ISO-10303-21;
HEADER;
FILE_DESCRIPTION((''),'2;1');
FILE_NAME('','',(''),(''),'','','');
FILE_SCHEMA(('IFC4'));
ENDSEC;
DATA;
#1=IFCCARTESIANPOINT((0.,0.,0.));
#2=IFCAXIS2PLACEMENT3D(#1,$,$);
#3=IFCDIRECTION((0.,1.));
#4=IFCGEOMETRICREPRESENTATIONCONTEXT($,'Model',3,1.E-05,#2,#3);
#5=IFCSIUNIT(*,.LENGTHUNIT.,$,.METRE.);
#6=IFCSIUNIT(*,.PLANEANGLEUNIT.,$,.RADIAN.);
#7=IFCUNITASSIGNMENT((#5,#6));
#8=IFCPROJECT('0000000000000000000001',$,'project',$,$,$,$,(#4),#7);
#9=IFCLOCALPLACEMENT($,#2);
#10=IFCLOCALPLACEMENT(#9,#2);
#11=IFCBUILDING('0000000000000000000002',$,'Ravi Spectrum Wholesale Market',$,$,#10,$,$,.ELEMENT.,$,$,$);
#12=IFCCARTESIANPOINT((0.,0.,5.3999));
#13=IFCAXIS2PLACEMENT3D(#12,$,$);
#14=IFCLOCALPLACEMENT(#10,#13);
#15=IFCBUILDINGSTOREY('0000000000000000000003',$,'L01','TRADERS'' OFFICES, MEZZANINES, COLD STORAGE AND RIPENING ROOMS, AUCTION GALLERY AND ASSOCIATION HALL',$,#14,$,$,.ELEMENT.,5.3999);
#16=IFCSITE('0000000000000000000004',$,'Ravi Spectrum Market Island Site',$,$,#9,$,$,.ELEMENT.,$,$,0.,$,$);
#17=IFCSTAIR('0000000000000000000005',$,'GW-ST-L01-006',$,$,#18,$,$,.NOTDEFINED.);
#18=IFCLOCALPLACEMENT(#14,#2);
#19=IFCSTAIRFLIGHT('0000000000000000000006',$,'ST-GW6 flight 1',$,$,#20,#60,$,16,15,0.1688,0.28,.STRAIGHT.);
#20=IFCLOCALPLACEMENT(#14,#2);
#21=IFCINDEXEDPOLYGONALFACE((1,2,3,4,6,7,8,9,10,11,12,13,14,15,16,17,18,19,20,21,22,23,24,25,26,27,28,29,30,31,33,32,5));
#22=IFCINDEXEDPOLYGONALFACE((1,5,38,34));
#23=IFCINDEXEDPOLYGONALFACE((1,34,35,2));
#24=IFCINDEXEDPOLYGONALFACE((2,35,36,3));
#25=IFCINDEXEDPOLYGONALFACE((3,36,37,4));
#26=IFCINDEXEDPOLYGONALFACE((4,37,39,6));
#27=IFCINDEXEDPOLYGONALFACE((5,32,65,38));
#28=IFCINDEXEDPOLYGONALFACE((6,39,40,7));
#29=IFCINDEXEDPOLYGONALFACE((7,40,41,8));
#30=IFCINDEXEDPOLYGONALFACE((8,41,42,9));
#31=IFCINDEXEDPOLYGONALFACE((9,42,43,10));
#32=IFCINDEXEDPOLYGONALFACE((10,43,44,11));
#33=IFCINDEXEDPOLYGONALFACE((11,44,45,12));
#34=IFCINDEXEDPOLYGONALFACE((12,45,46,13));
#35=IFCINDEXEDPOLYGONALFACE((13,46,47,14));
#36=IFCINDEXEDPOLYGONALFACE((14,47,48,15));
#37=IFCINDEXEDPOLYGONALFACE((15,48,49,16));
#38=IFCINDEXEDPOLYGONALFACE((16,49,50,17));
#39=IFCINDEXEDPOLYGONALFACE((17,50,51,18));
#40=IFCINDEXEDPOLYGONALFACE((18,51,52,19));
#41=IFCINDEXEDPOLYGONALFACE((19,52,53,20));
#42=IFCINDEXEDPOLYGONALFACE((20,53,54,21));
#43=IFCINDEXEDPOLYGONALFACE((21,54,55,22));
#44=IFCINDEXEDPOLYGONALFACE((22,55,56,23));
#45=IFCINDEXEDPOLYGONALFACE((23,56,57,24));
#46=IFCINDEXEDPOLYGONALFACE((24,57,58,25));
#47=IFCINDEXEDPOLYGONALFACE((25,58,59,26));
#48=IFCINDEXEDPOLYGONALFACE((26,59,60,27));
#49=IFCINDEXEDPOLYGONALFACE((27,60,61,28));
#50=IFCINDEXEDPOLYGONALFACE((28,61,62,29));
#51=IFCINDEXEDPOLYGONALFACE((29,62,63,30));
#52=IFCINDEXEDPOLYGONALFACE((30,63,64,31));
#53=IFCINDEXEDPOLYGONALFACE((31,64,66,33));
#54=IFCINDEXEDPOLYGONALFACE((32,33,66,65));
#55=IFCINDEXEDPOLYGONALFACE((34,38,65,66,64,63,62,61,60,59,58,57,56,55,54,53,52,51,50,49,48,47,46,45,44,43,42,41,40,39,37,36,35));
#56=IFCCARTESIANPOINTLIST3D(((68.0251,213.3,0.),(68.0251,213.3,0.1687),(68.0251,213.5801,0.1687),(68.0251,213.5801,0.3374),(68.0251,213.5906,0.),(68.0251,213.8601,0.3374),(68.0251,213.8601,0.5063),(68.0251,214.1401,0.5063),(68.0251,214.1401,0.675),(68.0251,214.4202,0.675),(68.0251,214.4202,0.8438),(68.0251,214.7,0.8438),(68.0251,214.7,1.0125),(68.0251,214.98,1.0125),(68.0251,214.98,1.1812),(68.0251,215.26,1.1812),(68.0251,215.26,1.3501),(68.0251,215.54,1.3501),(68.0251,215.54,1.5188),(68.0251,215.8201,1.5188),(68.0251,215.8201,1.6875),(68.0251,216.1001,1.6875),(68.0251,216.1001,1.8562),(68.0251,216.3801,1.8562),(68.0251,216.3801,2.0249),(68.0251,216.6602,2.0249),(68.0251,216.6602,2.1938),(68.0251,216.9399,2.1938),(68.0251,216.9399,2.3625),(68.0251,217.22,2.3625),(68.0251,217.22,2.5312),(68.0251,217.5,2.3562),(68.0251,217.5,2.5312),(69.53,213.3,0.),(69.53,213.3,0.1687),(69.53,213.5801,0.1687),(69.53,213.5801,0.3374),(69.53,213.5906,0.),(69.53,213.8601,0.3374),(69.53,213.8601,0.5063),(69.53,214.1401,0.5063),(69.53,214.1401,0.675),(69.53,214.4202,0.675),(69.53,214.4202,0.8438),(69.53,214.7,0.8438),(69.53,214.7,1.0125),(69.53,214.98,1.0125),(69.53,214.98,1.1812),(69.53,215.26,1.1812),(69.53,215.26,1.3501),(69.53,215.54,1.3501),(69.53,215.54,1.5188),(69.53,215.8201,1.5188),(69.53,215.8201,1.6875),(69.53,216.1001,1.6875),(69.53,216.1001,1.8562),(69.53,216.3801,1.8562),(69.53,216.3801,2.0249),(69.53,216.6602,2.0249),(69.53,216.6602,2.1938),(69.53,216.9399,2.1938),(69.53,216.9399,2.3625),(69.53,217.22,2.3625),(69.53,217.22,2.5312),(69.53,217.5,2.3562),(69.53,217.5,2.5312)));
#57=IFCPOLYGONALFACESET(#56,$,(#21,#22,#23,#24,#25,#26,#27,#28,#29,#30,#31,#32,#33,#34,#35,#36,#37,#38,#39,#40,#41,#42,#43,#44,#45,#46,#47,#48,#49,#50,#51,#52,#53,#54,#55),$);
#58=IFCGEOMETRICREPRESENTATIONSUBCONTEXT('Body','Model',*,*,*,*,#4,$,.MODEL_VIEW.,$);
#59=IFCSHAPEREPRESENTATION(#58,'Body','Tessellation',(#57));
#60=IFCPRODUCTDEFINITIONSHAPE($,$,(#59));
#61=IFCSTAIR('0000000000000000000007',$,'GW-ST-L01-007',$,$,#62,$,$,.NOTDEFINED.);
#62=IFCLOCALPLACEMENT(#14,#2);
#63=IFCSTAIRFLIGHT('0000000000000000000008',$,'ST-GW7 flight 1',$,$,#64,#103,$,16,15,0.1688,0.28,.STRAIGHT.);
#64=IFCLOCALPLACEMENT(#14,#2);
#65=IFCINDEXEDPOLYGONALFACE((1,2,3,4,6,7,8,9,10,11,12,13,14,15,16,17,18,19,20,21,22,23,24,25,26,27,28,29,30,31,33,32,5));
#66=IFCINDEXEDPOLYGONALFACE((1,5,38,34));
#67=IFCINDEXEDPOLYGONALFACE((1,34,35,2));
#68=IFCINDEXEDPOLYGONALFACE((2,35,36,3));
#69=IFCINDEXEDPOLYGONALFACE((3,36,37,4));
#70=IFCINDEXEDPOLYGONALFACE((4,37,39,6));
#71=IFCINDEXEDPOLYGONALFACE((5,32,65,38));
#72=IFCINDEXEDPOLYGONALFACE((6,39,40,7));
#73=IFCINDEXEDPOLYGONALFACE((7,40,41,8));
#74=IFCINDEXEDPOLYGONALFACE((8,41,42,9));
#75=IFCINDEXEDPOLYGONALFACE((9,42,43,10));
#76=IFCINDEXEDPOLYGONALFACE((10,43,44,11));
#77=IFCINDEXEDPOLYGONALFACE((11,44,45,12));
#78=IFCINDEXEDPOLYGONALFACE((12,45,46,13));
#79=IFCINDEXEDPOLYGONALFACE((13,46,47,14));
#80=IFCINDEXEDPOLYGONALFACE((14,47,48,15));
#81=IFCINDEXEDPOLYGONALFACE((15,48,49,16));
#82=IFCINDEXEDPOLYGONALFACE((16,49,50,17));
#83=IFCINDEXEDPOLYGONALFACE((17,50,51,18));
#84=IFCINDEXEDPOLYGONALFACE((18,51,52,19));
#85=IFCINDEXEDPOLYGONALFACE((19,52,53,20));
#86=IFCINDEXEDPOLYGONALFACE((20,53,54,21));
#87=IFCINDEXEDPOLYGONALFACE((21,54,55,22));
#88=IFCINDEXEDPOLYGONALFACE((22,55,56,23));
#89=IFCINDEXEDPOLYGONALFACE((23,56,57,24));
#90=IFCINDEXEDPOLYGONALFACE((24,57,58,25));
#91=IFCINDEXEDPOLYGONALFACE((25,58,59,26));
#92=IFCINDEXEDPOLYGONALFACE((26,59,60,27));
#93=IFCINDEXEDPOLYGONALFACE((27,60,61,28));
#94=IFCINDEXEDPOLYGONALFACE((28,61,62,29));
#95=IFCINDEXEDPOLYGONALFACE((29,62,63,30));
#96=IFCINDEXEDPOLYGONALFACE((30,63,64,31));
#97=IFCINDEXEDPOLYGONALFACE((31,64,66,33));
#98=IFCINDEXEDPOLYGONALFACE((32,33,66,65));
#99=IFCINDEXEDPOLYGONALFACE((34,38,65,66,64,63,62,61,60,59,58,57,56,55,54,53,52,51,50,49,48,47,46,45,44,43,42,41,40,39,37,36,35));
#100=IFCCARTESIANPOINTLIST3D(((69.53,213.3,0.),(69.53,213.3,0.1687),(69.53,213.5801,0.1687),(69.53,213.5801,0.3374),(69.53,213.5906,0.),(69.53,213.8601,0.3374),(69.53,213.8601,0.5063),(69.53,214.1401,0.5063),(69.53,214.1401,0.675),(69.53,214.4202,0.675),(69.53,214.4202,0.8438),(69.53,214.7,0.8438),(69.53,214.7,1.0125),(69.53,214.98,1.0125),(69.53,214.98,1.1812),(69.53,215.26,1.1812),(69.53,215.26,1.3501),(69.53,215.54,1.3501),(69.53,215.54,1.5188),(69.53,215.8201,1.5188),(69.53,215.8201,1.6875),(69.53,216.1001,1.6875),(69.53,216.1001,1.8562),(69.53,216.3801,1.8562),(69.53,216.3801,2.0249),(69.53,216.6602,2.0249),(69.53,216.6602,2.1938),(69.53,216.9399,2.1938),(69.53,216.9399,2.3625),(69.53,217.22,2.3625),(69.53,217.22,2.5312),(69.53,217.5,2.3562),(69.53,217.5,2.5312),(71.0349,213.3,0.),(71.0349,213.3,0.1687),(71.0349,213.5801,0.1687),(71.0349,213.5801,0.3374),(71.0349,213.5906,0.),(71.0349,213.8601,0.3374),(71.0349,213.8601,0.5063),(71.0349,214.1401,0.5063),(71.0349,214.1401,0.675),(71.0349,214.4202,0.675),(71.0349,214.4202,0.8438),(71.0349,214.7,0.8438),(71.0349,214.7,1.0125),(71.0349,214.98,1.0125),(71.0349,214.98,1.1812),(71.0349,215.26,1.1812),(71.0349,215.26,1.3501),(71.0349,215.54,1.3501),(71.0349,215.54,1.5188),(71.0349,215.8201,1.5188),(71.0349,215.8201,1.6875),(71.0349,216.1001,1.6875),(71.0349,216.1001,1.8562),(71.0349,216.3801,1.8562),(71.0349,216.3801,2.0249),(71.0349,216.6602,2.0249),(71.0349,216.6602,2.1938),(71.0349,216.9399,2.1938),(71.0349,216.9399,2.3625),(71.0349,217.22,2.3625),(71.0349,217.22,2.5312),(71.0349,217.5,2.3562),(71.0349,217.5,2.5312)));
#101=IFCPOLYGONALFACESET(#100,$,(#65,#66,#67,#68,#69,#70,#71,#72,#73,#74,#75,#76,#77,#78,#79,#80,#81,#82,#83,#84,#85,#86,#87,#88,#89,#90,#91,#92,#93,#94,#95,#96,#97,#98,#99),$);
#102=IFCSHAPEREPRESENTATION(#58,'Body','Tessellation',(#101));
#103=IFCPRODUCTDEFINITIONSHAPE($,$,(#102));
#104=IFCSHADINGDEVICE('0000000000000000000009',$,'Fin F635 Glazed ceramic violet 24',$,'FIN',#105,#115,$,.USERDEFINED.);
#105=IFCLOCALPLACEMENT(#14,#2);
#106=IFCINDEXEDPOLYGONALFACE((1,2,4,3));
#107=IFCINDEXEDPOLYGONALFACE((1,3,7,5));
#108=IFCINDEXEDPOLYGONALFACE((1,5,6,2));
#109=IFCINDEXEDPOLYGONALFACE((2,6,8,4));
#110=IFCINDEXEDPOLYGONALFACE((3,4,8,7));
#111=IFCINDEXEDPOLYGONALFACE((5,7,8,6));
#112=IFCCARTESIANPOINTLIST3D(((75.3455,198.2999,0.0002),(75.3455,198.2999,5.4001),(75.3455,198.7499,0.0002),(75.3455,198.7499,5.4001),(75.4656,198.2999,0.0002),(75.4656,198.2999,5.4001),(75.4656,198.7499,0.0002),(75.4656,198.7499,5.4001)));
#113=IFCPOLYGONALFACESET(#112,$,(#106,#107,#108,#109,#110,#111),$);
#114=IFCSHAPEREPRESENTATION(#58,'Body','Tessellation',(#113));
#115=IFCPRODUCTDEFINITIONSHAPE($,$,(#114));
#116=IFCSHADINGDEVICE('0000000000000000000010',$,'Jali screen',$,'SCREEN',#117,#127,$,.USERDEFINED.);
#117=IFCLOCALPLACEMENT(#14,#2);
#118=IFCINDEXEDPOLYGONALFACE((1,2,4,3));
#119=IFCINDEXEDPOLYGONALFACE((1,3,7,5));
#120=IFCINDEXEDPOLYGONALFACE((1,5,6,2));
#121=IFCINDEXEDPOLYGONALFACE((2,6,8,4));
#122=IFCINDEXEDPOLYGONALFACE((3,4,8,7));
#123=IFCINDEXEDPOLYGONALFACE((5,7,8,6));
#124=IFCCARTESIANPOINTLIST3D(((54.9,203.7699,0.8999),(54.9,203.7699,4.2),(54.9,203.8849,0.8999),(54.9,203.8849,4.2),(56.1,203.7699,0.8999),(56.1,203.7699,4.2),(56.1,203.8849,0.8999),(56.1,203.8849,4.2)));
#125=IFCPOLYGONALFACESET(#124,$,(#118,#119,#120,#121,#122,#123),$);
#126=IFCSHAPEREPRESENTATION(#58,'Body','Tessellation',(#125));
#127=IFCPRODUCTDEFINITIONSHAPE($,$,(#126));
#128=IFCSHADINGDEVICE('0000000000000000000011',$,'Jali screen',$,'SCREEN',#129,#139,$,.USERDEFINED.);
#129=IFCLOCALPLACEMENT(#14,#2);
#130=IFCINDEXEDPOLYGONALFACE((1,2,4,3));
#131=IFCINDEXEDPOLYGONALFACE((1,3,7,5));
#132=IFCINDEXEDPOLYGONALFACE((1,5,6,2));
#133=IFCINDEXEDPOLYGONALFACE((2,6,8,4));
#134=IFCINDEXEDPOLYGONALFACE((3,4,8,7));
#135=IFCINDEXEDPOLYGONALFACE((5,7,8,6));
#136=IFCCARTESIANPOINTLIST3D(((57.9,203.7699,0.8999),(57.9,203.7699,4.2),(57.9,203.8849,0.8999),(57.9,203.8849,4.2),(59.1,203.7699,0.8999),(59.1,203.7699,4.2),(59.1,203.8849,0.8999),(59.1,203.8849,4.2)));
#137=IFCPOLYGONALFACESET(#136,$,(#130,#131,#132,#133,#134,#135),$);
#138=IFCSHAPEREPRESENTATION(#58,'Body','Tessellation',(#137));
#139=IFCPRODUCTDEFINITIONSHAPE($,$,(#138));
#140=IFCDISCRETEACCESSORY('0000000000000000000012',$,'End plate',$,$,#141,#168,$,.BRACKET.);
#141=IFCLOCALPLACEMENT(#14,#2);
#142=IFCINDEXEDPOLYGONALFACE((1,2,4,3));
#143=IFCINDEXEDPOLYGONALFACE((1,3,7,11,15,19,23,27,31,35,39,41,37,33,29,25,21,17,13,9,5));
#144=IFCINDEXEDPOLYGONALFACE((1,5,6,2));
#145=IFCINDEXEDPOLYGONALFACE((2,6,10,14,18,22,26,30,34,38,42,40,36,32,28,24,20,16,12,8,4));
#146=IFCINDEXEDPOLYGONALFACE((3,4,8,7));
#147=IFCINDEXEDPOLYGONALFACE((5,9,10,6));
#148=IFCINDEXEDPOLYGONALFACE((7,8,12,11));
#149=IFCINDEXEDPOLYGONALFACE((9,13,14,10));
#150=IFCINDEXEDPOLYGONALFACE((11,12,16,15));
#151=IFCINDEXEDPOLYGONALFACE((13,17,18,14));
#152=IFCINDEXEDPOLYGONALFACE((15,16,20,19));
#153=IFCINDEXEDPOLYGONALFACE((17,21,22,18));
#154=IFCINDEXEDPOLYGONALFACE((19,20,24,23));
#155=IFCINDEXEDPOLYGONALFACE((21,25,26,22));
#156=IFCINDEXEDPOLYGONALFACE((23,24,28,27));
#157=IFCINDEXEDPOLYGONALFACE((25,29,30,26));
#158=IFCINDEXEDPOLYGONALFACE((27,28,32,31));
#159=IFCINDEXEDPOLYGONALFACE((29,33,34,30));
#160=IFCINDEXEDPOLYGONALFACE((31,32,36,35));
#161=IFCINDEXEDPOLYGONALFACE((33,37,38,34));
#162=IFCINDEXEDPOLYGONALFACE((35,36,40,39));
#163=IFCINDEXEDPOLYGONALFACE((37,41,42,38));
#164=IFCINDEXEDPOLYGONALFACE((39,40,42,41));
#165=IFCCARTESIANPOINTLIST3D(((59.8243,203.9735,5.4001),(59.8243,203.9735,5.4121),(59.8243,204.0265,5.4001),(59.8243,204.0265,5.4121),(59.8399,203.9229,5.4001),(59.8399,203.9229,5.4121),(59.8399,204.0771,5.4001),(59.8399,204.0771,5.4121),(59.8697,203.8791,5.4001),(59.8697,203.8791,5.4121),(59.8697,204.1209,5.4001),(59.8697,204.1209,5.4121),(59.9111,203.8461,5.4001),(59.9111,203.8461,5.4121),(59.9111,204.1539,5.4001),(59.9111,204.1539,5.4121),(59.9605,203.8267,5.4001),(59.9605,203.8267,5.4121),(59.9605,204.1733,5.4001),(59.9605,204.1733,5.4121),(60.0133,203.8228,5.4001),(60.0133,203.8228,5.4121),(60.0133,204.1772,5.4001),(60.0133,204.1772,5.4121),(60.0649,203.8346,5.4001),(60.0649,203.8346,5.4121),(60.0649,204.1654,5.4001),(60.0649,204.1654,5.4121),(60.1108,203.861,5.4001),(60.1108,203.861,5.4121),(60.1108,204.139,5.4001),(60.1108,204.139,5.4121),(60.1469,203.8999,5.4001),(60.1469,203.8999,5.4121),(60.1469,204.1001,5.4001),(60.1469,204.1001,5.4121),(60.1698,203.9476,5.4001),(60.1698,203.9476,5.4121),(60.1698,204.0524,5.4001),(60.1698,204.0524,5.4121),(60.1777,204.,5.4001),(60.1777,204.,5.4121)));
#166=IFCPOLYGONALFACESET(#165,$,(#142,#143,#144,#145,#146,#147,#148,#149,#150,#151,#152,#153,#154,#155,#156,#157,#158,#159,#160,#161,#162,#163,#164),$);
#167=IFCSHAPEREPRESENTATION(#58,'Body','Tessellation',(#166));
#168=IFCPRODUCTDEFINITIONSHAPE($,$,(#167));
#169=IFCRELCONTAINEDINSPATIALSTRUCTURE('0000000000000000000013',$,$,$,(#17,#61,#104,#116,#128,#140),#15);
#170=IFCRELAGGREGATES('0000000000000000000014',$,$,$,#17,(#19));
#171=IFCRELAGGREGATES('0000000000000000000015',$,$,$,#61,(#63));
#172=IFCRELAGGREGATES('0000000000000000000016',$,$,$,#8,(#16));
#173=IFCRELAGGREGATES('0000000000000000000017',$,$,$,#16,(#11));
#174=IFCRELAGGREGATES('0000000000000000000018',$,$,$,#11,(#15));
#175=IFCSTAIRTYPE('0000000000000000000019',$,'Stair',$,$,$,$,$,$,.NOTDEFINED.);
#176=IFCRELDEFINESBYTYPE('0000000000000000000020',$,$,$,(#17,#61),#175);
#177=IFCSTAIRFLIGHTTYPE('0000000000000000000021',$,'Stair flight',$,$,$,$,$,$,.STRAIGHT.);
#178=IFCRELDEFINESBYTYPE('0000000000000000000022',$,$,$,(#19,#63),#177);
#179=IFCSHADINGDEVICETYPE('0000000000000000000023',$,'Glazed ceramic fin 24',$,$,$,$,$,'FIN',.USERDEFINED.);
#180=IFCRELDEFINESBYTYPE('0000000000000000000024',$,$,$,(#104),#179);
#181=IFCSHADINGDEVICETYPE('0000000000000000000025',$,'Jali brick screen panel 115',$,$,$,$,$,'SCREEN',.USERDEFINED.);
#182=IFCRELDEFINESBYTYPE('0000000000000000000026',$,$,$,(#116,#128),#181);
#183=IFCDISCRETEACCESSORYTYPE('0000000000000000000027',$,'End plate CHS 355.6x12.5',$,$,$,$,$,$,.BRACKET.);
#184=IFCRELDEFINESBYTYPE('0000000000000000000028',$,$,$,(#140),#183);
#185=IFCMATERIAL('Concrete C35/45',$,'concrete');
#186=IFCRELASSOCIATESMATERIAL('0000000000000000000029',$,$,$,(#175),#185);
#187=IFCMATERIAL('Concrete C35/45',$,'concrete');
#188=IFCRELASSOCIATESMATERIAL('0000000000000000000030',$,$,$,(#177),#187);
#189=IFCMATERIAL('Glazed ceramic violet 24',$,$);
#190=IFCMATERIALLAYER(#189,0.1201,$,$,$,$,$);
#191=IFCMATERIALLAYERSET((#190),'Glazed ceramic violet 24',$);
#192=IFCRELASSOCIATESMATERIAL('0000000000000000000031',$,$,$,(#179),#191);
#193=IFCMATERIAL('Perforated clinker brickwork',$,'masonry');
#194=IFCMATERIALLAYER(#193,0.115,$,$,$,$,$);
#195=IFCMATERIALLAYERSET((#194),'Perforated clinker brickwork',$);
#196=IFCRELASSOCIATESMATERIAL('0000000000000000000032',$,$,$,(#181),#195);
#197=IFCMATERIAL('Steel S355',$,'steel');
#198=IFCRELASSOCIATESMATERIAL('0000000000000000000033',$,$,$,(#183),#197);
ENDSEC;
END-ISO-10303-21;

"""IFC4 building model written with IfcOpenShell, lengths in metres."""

from ifc_helpers import new_model, si_unit, direction, frame, origin, origin_2d, place, context, subcontext, project, spatial, polyline, rectangle, circle, outline, extrude, material, layer, layer_set, material_profile, profile_set, type_object, element, aggregate, save


model = new_model("IFC4")

# Units and contexts
model_context = context("Model", 3, precision=1e-05, world=origin(), true_north=direction((0.0, 1.0)))
body_context = subcontext(model_context, "Body", "Model", "MODEL_VIEW")
ifc_project = project(units=[si_unit("LENGTHUNIT", "METRE"), si_unit("PLANEANGLEUNIT", "RADIAN")], contexts=[model_context])

# Site, building, storey
site_placement = place(None, origin())
site = spatial("IfcSite", under=ifc_project, at=site_placement, Name="Ravi Spectrum Market Island Site", CompositionType="ELEMENT", RefElevation=0.0)
building_placement = place(site_placement, origin())
building = spatial("IfcBuilding", under=site, at=building_placement, Name="Ravi Spectrum Wholesale Market", CompositionType="ELEMENT")
storey_placement = place(building_placement, frame((0.0, 0.0, 5.3999)))
storey = spatial("IfcBuildingStorey", under=building, at=storey_placement, Name="L01", Description="TRADERS' OFFICES, MEZZANINES, COLD STORAGE AND RIPENING ROOMS, AUCTION GALLERY AND ASSOCIATION HALL", CompositionType="ELEMENT", Elevation=5.3999)

# Shared definitions
ifc_material_1 = material(Name="Concrete C35/45", Category="concrete")
stair_type = type_object("IfcStairType", Name="Stair", PredefinedType="NOTDEFINED", material=ifc_material_1)
ifc_material_2 = material(Name="Concrete C35/45", Category="concrete")
stair_flight_type = type_object("IfcStairFlightType", Name="Stair flight", PredefinedType="STRAIGHT", material=ifc_material_2)

# Stairs, stair flights
stair_1_placement = place(storey_placement, origin())
stair_1 = element("IfcStair", 1, at=stair_1_placement, inside=storey, type_object=stair_type, Name="GW-ST-L01-006", PredefinedType="NOTDEFINED")
stair_flight_1_placement = place(storey_placement, frame((68.7776, 213.3, 0.0), z_axis=(0.0, 0.0, 1.0), x_axis=(0.0, 1.0, 0.0)))
stair_flight_1 = element("IfcStairFlight", 2, at=stair_flight_1_placement, type_object=stair_flight_type, Name="ST-GW6 flight 1", NumberOfRisers=16, NumberOfTreads=15, PredefinedType="STRAIGHT", RiserHeight=0.1688, TreadLength=0.28, context=body_context, shape_type="SweptSolid", body=[
    extrude(outline(polyline([(0.0, 0.0), (0.0, 0.1687), (0.28, 0.1687), (0.28, 0.3374), (0.5601, 0.3374), (0.5601, 0.5063), (0.8401, 0.5063), (0.8401, 0.675), (1.1201, 0.675), (1.1201, 0.8438), (1.3999, 0.8438), (1.3999, 1.0125), (1.6799, 1.0125), (1.6799, 1.1812), (1.96, 1.1812), (1.96, 1.3501), (2.24, 1.3501), (2.24, 1.5188), (2.52, 1.5188), (2.52, 1.6875), (2.8, 1.6875), (2.8, 1.8562), (3.0801, 1.8562), (3.0801, 2.0249), (3.3601, 2.0249), (3.3601, 2.1938), (3.6399, 2.1938), (3.6399, 2.3625), (3.9199, 2.3625), (3.9199, 2.5312), (4.2, 2.5312), (4.2, 2.7), (4.2, 2.3562), (0.2905, 0.0), (0.0, 0.0)])), frame((0.0, 0.7524, 0.0), z_axis=(0.0, -1.0, 0.0), x_axis=(1.0, 0.0, 0.0)), (0.0, 0.0, 1.0), 1.5049),
])
aggregate(stair_1, [stair_flight_1])
stair_2_placement = place(storey_placement, origin())
stair_2 = element("IfcStair", 3, at=stair_2_placement, inside=storey, type_object=stair_type, Name="GW-ST-L01-007", PredefinedType="NOTDEFINED")
stair_flight_2_placement = place(storey_placement, frame((70.2825, 213.3, 0.0), z_axis=(0.0, 0.0, 1.0), x_axis=(0.0, 1.0, 0.0)))
stair_flight_2 = element("IfcStairFlight", 4, at=stair_flight_2_placement, type_object=stair_flight_type, Name="ST-GW7 flight 1", NumberOfRisers=16, NumberOfTreads=15, PredefinedType="STRAIGHT", RiserHeight=0.1688, TreadLength=0.28, context=body_context, shape_type="SweptSolid", body=[
    extrude(outline(polyline([(0.0, 0.0), (0.0, 0.1687), (0.28, 0.1687), (0.28, 0.3374), (0.5601, 0.3374), (0.5601, 0.5063), (0.8401, 0.5063), (0.8401, 0.675), (1.1201, 0.675), (1.1201, 0.8438), (1.3999, 0.8438), (1.3999, 1.0125), (1.6799, 1.0125), (1.6799, 1.1812), (1.96, 1.1812), (1.96, 1.3501), (2.24, 1.3501), (2.24, 1.5188), (2.52, 1.5188), (2.52, 1.6875), (2.8, 1.6875), (2.8, 1.8562), (3.0801, 1.8562), (3.0801, 2.0249), (3.3601, 2.0249), (3.3601, 2.1938), (3.6399, 2.1938), (3.6399, 2.3625), (3.9199, 2.3625), (3.9199, 2.5312), (4.2, 2.5312), (4.2, 2.7), (4.2, 2.3562), (0.2905, 0.0), (0.0, 0.0)])), frame((0.0, 0.7524, 0.0), z_axis=(0.0, -1.0, 0.0), x_axis=(1.0, 0.0, 0.0)), (0.0, 0.0, 1.0), 1.5049),
])
aggregate(stair_2, [stair_flight_2])

# Shading devices
ifc_material_3 = material(Name="Glazed ceramic violet 24")
ifc_layer_1 = layer(ifc_material_3, 0.1201)
ifc_layer_set_1 = layer_set([ifc_layer_1], Name="Glazed ceramic violet 24")
shading_device_type_1 = type_object("IfcShadingDeviceType", Name="Glazed ceramic fin 24", ElementType="FIN", PredefinedType="USERDEFINED", material=ifc_layer_set_1)
shading_device_placement = place(storey_placement, frame((75.4055, 198.5249, 0.0002), z_axis=(0.0, 0.0, 1.0), x_axis=(-1.0, 0.0, 0.0)))
element("IfcShadingDevice", 5, at=shading_device_placement, inside=storey, type_object=shading_device_type_1, Name="Fin F635 Glazed ceramic violet 24", ObjectType="FIN", PredefinedType="USERDEFINED", context=body_context, shape_type="SweptSolid", body=[
    extrude(rectangle(XDim=0.1201, YDim=0.45, at=origin_2d()), origin(), (0.0, 0.0, 1.0), 5.3999),
])
ifc_material_4 = material(Name="Perforated clinker brickwork", Category="masonry")
ifc_layer_2 = layer(ifc_material_4, 0.115)
ifc_layer_set_2 = layer_set([ifc_layer_2], Name="Perforated clinker brickwork")
shading_device_type_2 = type_object("IfcShadingDeviceType", Name="Jali brick screen panel 115", ElementType="SCREEN", PredefinedType="USERDEFINED", material=ifc_layer_set_2)
for number, where, z_axis, x_axis, name in (
    (6, (55.5, 203.8274, 0.8999), (0.0, 0.0, 1.0), (1.0, 0.0, 0.0), "Jali screen"),
    (7, (58.5, 203.8274, 0.8999), (0.0, 0.0, 1.0), (1.0, 0.0, 0.0), "Jali screen"),
):
    element("IfcShadingDevice", number, at=place(storey_placement, frame(where, z_axis=z_axis, x_axis=x_axis)), inside=storey, type_object=shading_device_type_2, Name=name, ObjectType="SCREEN", PredefinedType="USERDEFINED", context=body_context, shape_type="SweptSolid", body=[
        extrude(rectangle(XDim=1.2, YDim=0.115, at=origin_2d()), origin(), (0.0, 0.0, 1.0), 3.3),
    ])

# Discrete accessory
ifc_material_5 = material(Name="Steel S355", Category="steel")
ifc_material_profile_1 = material_profile(ifc_material_5, circle(Radius=0.1777, at=origin_2d()))
ifc_profile_set_1 = profile_set([ifc_material_profile_1], Name="Steel S355")
discrete_accessory_type = type_object("IfcDiscreteAccessoryType", Name="End plate CHS 355.6x12.5", PredefinedType="BRACKET", material=ifc_profile_set_1)
discrete_accessory_placement = place(storey_placement, frame((60.0, 204.0, 5.4001), z_axis=(0.0, 0.0, 1.0), x_axis=(1.0, 0.0, 0.0)))
element("IfcDiscreteAccessory", 8, at=discrete_accessory_placement, inside=storey, type_object=discrete_accessory_type, Name="End plate", PredefinedType="BRACKET", context=body_context, shape_type="SweptSolid", body=[
    extrude(circle(Radius=0.1777, at=origin_2d()), origin(), (0.0, 0.0, 1.0), 0.012),
])

save(model, "model.ifc")
